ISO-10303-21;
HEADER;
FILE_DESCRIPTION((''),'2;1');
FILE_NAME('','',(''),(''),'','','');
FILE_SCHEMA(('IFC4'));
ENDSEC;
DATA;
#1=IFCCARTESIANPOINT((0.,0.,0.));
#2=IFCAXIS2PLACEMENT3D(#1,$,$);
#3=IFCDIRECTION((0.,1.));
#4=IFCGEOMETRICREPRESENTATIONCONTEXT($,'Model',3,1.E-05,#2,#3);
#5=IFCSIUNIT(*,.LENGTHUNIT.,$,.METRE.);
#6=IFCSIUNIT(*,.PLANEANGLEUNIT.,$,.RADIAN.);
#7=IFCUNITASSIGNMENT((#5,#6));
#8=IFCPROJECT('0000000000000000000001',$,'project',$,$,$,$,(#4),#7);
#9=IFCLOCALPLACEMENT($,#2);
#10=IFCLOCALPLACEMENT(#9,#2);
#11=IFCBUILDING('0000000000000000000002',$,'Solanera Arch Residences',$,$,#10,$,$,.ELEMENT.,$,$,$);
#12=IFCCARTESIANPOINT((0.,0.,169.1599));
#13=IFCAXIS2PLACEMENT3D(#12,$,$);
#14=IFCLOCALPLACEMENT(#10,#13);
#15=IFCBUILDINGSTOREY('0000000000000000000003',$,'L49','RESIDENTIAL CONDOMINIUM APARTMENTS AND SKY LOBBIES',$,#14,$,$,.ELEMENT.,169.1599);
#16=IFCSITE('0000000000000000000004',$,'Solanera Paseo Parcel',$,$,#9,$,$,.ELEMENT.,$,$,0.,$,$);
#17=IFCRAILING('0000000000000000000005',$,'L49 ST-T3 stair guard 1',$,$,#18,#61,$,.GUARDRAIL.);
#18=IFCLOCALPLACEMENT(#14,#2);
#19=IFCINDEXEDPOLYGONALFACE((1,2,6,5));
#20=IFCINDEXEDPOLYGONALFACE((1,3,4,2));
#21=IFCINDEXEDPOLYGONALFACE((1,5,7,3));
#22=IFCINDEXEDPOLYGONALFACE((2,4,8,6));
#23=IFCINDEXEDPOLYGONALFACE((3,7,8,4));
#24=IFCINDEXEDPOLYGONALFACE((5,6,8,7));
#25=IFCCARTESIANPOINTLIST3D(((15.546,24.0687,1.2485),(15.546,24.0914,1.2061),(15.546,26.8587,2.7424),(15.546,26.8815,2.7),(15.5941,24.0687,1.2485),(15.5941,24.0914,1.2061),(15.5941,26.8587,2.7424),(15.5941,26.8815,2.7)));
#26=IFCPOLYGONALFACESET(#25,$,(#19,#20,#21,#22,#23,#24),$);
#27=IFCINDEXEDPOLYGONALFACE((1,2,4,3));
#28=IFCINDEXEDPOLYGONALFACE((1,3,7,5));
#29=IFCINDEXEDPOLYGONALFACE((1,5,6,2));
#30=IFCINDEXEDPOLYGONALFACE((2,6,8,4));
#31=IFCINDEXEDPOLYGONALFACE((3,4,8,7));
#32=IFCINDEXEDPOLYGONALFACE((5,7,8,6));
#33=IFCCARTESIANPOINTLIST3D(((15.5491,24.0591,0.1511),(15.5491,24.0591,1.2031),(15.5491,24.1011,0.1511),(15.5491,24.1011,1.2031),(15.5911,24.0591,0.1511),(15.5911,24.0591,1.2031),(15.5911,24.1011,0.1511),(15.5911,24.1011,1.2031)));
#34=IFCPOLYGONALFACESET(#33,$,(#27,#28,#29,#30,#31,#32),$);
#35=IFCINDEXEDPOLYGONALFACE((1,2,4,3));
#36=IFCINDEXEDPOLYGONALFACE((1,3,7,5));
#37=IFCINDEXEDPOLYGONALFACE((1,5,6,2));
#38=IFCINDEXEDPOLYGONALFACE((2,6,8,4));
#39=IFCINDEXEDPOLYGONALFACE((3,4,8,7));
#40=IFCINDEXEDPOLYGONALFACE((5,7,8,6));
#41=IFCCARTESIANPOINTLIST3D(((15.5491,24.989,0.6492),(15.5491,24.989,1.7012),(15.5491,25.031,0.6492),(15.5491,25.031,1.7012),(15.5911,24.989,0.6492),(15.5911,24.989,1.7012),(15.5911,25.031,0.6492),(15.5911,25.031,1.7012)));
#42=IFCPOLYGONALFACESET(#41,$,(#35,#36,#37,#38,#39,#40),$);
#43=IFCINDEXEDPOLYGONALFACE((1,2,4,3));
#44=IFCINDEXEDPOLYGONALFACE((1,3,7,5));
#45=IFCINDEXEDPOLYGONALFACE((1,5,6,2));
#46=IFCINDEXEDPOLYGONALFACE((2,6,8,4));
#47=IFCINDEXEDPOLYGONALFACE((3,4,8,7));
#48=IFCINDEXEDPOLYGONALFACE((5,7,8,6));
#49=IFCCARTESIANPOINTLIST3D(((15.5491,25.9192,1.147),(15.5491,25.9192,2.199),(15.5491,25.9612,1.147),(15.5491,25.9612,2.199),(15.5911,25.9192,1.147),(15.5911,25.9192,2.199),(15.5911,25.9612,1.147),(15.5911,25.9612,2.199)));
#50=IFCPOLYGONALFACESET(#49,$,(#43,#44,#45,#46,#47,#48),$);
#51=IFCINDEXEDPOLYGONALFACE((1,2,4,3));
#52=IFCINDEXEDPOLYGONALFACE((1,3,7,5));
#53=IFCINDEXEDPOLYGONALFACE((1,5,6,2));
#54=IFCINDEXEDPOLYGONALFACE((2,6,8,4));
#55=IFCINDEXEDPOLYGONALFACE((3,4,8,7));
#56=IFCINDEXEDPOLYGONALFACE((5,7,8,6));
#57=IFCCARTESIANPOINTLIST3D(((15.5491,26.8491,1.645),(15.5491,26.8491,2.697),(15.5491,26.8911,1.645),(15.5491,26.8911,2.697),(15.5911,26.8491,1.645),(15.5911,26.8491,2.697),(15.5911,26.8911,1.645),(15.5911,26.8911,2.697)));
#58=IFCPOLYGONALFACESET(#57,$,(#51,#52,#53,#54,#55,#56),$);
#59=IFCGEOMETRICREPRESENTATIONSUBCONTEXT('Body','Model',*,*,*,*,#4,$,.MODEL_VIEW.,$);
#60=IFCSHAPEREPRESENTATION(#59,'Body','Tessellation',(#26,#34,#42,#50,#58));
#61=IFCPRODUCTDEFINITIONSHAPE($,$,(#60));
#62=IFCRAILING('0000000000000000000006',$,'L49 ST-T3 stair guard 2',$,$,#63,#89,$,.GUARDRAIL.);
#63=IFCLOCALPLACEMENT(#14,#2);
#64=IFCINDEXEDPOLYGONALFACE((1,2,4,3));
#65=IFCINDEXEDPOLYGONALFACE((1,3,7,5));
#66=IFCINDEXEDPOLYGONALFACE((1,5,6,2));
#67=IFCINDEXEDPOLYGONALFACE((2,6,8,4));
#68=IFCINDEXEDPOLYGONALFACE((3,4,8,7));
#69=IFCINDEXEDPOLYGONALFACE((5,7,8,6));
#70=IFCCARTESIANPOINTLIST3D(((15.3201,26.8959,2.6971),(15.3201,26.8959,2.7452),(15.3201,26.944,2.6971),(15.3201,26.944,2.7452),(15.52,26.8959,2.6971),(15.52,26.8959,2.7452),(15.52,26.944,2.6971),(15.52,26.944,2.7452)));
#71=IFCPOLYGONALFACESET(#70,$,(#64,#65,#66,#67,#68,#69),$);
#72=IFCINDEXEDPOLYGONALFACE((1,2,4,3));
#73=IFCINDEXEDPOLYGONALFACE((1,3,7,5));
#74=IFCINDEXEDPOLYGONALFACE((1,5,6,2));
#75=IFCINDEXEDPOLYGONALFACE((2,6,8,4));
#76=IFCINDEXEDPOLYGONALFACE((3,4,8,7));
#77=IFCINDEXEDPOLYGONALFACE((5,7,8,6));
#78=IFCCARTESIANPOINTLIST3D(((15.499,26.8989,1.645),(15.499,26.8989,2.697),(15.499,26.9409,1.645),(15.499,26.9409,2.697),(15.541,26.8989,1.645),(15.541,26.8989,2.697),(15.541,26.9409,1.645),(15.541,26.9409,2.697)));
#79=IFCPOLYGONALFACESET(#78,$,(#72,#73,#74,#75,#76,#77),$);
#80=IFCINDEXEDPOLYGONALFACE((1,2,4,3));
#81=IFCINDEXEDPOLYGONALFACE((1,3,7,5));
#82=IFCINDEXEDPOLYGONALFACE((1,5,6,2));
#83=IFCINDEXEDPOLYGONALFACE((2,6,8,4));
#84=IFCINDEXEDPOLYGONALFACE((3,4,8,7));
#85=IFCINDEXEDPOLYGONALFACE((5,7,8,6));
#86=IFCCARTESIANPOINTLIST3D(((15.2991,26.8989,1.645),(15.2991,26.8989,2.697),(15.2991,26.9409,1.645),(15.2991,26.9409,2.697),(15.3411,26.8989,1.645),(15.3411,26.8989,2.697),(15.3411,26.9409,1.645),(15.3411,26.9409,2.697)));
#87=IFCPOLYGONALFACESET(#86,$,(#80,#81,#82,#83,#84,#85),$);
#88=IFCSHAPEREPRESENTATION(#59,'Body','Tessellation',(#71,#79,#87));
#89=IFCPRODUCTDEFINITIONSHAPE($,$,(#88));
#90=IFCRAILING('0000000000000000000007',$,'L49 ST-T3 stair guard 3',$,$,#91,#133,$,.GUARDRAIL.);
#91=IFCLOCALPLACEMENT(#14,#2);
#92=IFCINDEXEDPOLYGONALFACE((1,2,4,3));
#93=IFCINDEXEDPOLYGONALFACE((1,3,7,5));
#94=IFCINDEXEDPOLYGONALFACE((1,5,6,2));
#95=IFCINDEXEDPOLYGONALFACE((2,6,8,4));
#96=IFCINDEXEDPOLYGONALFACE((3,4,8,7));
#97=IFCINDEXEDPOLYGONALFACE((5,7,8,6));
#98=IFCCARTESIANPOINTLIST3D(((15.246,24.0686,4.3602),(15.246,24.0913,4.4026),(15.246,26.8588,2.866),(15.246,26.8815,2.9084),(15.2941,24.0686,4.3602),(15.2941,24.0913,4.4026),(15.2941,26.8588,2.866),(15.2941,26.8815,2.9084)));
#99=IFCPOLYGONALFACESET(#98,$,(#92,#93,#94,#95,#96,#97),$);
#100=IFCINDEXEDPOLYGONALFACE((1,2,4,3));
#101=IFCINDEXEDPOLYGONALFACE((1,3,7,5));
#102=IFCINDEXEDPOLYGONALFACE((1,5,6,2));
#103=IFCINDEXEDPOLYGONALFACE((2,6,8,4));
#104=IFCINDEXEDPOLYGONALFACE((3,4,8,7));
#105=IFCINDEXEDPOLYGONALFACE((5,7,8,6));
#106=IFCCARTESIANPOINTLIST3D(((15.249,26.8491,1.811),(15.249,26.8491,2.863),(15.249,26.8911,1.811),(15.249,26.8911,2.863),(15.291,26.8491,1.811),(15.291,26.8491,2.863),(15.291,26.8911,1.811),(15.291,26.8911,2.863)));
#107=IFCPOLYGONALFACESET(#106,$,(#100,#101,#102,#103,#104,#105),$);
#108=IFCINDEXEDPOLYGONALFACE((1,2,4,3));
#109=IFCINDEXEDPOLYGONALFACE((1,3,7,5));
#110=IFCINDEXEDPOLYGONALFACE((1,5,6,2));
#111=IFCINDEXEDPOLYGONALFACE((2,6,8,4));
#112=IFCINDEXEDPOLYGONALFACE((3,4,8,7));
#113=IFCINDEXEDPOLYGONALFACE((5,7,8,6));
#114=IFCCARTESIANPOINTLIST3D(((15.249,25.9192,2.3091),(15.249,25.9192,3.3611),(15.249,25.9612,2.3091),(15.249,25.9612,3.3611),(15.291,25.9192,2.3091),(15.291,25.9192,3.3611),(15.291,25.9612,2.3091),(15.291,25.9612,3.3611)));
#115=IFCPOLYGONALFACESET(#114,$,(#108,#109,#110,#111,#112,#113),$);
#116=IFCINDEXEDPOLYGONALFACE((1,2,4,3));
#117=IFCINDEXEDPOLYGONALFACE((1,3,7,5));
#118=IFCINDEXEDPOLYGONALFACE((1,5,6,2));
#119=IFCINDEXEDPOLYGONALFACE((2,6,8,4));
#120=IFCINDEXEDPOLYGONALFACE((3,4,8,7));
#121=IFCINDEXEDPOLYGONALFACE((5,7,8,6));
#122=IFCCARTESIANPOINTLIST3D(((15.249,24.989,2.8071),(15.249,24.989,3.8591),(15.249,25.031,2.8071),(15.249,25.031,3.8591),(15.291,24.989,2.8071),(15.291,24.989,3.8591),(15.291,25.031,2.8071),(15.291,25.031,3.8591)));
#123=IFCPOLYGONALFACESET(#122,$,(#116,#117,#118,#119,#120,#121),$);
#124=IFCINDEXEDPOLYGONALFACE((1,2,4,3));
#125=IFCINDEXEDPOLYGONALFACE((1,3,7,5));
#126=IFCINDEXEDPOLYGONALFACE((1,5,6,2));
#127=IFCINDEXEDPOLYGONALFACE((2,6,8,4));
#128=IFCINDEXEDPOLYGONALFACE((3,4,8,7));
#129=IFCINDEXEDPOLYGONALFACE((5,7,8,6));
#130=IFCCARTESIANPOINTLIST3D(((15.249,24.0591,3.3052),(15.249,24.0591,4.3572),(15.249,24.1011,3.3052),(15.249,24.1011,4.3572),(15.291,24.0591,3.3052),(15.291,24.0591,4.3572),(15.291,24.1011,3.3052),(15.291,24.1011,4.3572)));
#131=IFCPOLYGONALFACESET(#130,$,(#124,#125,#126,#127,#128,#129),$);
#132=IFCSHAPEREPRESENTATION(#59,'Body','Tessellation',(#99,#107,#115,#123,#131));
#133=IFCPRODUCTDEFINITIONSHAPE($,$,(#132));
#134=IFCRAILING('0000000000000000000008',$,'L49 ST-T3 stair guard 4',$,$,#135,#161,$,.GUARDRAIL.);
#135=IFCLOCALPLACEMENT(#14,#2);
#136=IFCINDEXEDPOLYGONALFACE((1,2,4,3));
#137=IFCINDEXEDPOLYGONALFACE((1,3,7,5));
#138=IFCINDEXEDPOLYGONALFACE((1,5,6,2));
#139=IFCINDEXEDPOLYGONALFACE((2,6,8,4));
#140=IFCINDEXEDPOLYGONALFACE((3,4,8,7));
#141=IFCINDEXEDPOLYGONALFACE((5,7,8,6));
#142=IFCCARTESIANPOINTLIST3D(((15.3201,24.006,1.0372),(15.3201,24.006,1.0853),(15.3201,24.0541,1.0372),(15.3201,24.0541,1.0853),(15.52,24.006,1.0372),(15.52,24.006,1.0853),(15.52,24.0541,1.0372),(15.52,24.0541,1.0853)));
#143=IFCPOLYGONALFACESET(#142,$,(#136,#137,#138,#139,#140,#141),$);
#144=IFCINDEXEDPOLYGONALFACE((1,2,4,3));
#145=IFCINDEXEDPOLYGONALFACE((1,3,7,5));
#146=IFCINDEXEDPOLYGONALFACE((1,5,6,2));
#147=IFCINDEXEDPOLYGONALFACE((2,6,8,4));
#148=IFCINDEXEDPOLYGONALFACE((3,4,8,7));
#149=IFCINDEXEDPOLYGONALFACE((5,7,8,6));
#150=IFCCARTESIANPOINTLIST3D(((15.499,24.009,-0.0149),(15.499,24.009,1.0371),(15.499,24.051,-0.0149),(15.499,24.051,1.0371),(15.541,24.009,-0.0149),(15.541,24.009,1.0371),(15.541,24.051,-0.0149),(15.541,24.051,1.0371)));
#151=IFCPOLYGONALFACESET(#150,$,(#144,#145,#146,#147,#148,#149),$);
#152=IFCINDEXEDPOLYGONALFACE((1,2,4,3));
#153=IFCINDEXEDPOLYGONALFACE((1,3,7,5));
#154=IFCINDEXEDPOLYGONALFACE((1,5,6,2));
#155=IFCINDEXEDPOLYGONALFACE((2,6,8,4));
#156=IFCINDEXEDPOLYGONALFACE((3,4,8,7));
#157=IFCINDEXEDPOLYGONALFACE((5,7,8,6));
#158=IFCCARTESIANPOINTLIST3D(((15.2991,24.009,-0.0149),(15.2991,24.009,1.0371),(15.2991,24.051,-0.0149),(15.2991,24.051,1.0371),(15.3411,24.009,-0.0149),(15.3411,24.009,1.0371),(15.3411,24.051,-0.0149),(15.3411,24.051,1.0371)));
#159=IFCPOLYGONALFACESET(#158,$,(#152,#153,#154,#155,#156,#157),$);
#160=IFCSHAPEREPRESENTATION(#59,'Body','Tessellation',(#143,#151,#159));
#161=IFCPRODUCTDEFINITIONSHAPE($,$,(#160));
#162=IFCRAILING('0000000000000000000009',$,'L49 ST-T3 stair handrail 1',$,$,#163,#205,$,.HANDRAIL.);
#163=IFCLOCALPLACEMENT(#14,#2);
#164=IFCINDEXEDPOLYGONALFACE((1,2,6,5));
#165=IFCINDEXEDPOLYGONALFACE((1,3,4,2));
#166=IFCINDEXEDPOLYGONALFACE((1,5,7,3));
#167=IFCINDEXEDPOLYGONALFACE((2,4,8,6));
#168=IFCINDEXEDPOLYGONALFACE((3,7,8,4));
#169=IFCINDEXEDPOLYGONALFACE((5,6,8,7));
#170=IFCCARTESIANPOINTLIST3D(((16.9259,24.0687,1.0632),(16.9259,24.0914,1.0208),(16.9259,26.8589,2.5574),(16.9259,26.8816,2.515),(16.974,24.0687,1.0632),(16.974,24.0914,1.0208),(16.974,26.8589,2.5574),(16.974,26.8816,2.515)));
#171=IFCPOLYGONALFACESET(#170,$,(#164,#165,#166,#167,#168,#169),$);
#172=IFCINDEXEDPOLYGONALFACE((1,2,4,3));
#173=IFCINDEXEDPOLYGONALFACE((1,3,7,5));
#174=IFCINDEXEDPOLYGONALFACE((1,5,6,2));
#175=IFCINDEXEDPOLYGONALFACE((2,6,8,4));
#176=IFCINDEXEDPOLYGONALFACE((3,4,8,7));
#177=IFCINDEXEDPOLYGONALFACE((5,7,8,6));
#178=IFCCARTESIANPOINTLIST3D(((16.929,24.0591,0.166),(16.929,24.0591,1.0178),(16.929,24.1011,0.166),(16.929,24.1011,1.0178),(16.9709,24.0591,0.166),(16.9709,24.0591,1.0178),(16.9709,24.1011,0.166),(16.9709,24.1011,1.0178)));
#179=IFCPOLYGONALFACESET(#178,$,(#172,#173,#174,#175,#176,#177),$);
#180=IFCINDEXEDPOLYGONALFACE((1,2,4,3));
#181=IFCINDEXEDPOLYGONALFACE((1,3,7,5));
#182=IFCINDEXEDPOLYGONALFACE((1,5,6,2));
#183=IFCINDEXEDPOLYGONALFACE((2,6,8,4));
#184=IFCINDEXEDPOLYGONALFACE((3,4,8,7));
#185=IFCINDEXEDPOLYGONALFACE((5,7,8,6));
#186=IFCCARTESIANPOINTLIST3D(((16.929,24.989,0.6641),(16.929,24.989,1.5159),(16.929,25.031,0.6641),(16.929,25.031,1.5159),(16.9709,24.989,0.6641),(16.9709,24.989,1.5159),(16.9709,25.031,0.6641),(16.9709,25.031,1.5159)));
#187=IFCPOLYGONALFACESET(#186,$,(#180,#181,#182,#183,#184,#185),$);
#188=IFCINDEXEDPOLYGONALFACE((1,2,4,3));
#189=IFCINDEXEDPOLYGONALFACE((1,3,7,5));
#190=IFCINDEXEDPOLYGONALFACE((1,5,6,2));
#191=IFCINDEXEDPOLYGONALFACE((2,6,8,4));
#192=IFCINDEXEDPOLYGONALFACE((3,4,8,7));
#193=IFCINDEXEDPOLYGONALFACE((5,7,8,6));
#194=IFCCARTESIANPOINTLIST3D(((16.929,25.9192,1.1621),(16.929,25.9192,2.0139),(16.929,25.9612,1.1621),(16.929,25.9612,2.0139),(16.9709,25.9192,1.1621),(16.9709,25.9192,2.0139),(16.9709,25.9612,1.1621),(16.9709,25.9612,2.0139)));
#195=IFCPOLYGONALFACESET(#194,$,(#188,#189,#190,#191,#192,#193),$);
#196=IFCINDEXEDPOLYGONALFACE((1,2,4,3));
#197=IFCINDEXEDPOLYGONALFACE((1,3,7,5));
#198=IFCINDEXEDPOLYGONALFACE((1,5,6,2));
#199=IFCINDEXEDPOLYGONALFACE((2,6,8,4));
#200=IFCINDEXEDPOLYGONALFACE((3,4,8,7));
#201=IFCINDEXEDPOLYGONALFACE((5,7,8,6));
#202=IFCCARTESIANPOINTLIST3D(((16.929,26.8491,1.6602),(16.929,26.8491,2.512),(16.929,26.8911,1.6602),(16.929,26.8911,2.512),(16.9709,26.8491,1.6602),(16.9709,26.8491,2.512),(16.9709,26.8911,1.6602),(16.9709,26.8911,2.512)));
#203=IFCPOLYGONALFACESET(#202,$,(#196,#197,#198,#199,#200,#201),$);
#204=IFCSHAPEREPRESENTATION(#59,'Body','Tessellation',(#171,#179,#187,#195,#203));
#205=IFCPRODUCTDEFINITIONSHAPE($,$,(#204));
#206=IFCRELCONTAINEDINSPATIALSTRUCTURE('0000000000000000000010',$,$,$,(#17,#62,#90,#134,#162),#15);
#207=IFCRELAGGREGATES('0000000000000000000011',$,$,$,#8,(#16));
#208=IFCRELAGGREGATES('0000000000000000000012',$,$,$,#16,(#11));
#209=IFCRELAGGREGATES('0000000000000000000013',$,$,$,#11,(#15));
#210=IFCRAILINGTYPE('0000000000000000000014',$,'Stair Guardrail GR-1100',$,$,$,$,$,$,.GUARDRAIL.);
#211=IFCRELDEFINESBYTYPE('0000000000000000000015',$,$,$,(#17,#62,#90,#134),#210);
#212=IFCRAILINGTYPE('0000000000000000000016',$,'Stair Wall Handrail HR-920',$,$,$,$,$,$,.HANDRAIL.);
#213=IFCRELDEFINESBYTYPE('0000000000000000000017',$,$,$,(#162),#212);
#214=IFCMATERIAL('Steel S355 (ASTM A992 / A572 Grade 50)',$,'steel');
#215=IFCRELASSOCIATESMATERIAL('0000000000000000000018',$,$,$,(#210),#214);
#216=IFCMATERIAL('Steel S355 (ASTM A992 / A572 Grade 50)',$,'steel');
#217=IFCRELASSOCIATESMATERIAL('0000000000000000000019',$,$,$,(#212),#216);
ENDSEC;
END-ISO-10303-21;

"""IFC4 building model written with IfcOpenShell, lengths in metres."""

from ifc_helpers import new_model, si_unit, direction, frame, origin, origin_2d, place, context, subcontext, project, spatial, rectangle, extrude, material, type_object, element, save


model = new_model("IFC4")

# Units and contexts
model_context = context("Model", 3, precision=1e-05, world=origin(), true_north=direction((0.0, 1.0)))
body_context = subcontext(model_context, "Body", "Model", "MODEL_VIEW")
ifc_project = project(units=[si_unit("LENGTHUNIT", "METRE"), si_unit("PLANEANGLEUNIT", "RADIAN")], contexts=[model_context])

# Site, building, storey
site_placement = place(None, origin())
site = spatial("IfcSite", under=ifc_project, at=site_placement, Name="Solanera Paseo Parcel", CompositionType="ELEMENT", RefElevation=0.0)
building_placement = place(site_placement, origin())
building = spatial("IfcBuilding", under=site, at=building_placement, Name="Solanera Arch Residences", CompositionType="ELEMENT")
storey_placement = place(building_placement, frame((0.0, 0.0, 169.1599)))
storey = spatial("IfcBuildingStorey", under=building, at=storey_placement, Name="L49", Description="RESIDENTIAL CONDOMINIUM APARTMENTS AND SKY LOBBIES", CompositionType="ELEMENT", Elevation=169.1599)

# Railings
ifc_material_1 = material(Name="Steel S355 (ASTM A992 / A572 Grade 50)", Category="steel")
railing_type_1 = type_object("IfcRailingType", Name="Stair Guardrail GR-1100", PredefinedType="GUARDRAIL", material=ifc_material_1)
railing_1_placement = place(storey_placement, frame((15.5701, 24.0801, 0.1511)))
element("IfcRailing", 1, at=railing_1_placement, inside=storey, type_object=railing_type_1, Name="L49 ST-T3 stair guard 1", PredefinedType="GUARDRAIL", context=body_context, shape_type="SweptSolid", body=[
    extrude(rectangle(XDim=0.0481, YDim=0.0481, at=origin_2d()), frame((0.0, 0.0, 1.0762), z_axis=(0.0, 0.881581, 0.472033), x_axis=(-1.0, 0.0, 0.0)), (0.0, 0.0, 1.0), 3.1648),
    extrude(rectangle(XDim=0.042, YDim=0.042, at=origin_2d()), origin(), (0.0, 0.0, 1.0), 1.052),
    extrude(rectangle(XDim=0.042, YDim=0.042, at=origin_2d()), frame((0.0, 0.9299, 0.498)), (0.0, 0.0, 1.0), 1.052),
    extrude(rectangle(XDim=0.042, YDim=0.042, at=origin_2d()), frame((0.0, 1.8601, 0.9958)), (0.0, 0.0, 1.0), 1.052),
    extrude(rectangle(XDim=0.042, YDim=0.042, at=origin_2d()), frame((0.0, 2.79, 1.4939)), (0.0, 0.0, 1.0), 1.052),
])
railing_2_placement = place(storey_placement, frame((15.52, 26.9199, 1.645)))
element("IfcRailing", 2, at=railing_2_placement, inside=storey, type_object=railing_type_1, Name="L49 ST-T3 stair guard 2", PredefinedType="GUARDRAIL", context=body_context, shape_type="SweptSolid", body=[
    extrude(rectangle(XDim=0.0481, YDim=0.0481, at=origin_2d()), frame((0.0, 0.0, 1.0762), z_axis=(-1.0, 0.0, 0.0), x_axis=(0.0, -1.0, 0.0)), (0.0, 0.0, 1.0), 0.2),
    extrude(rectangle(XDim=0.042, YDim=0.042, at=origin_2d()), origin(), (0.0, 0.0, 1.0), 1.052),
    extrude(rectangle(XDim=0.042, YDim=0.042, at=origin_2d()), frame((-0.2, 0.0, 0.0)), (0.0, 0.0, 1.0), 1.052),
])
railing_3_placement = place(storey_placement, frame((15.27, 26.8701, 1.811)))
element("IfcRailing", 3, at=railing_3_placement, inside=storey, type_object=railing_type_1, Name="L49 ST-T3 stair guard 3", PredefinedType="GUARDRAIL", context=body_context, shape_type="SweptSolid", body=[
    extrude(rectangle(XDim=0.0481, YDim=0.0481, at=origin_2d()), frame((0.0, 0.0, 1.0762), z_axis=(0.0, -0.881549, 0.472093), x_axis=(1.0, 0.0, 0.0)), (0.0, 0.0, 1.0), 3.165),
    extrude(rectangle(XDim=0.042, YDim=0.042, at=origin_2d()), origin(), (0.0, 0.0, 1.0), 1.052),
    extrude(rectangle(XDim=0.042, YDim=0.042, at=origin_2d()), frame((0.0, -0.9299, 0.498)), (0.0, 0.0, 1.0), 1.052),
    extrude(rectangle(XDim=0.042, YDim=0.042, at=origin_2d()), frame((0.0, -1.8601, 0.9961)), (0.0, 0.0, 1.0), 1.052),
    extrude(rectangle(XDim=0.042, YDim=0.042, at=origin_2d()), frame((0.0, -2.79, 1.4941)), (0.0, 0.0, 1.0), 1.052),
])
railing_4_placement = place(storey_placement, frame((15.52, 24.03, -0.0149)))
element("IfcRailing", 4, at=railing_4_placement, inside=storey, type_object=railing_type_1, Name="L49 ST-T3 stair guard 4", PredefinedType="GUARDRAIL", context=body_context, shape_type="SweptSolid", body=[
    extrude(rectangle(XDim=0.0481, YDim=0.0481, at=origin_2d()), frame((0.0, 0.0, 1.0762), z_axis=(-1.0, 0.0, 0.0), x_axis=(0.0, -1.0, 0.0)), (0.0, 0.0, 1.0), 0.2),
    extrude(rectangle(XDim=0.042, YDim=0.042, at=origin_2d()), origin(), (0.0, 0.0, 1.0), 1.052),
    extrude(rectangle(XDim=0.042, YDim=0.042, at=origin_2d()), frame((-0.2, 0.0, 0.0)), (0.0, 0.0, 1.0), 1.052),
])
ifc_material_2 = material(Name="Steel S355 (ASTM A992 / A572 Grade 50)", Category="steel")
railing_type_2 = type_object("IfcRailingType", Name="Stair Wall Handrail HR-920", PredefinedType="HANDRAIL", material=ifc_material_2)
railing_5_placement = place(storey_placement, frame((16.95, 24.0801, 0.166)))
element("IfcRailing", 5, at=railing_5_placement, inside=storey, type_object=railing_type_2, Name="L49 ST-T3 stair handrail 1", PredefinedType="HANDRAIL", context=body_context, shape_type="SweptSolid", body=[
    extrude(rectangle(XDim=0.0481, YDim=0.0481, at=origin_2d()), frame((0.0, 0.0, 0.876), z_axis=(0.0, 0.881549, 0.472093), x_axis=(-1.0, 0.0, 0.0)), (0.0, 0.0, 1.0), 3.165),
    extrude(rectangle(XDim=0.042, YDim=0.042, at=origin_2d()), origin(), (0.0, 0.0, 1.0), 0.8518),
    extrude(rectangle(XDim=0.042, YDim=0.042, at=origin_2d()), frame((0.0, 0.9299, 0.498)), (0.0, 0.0, 1.0), 0.8518),
    extrude(rectangle(XDim=0.042, YDim=0.042, at=origin_2d()), frame((0.0, 1.8601, 0.9961)), (0.0, 0.0, 1.0), 0.8518),
    extrude(rectangle(XDim=0.042, YDim=0.042, at=origin_2d()), frame((0.0, 2.79, 1.4941)), (0.0, 0.0, 1.0), 0.8518),
])

save(model, "model.ifc")
